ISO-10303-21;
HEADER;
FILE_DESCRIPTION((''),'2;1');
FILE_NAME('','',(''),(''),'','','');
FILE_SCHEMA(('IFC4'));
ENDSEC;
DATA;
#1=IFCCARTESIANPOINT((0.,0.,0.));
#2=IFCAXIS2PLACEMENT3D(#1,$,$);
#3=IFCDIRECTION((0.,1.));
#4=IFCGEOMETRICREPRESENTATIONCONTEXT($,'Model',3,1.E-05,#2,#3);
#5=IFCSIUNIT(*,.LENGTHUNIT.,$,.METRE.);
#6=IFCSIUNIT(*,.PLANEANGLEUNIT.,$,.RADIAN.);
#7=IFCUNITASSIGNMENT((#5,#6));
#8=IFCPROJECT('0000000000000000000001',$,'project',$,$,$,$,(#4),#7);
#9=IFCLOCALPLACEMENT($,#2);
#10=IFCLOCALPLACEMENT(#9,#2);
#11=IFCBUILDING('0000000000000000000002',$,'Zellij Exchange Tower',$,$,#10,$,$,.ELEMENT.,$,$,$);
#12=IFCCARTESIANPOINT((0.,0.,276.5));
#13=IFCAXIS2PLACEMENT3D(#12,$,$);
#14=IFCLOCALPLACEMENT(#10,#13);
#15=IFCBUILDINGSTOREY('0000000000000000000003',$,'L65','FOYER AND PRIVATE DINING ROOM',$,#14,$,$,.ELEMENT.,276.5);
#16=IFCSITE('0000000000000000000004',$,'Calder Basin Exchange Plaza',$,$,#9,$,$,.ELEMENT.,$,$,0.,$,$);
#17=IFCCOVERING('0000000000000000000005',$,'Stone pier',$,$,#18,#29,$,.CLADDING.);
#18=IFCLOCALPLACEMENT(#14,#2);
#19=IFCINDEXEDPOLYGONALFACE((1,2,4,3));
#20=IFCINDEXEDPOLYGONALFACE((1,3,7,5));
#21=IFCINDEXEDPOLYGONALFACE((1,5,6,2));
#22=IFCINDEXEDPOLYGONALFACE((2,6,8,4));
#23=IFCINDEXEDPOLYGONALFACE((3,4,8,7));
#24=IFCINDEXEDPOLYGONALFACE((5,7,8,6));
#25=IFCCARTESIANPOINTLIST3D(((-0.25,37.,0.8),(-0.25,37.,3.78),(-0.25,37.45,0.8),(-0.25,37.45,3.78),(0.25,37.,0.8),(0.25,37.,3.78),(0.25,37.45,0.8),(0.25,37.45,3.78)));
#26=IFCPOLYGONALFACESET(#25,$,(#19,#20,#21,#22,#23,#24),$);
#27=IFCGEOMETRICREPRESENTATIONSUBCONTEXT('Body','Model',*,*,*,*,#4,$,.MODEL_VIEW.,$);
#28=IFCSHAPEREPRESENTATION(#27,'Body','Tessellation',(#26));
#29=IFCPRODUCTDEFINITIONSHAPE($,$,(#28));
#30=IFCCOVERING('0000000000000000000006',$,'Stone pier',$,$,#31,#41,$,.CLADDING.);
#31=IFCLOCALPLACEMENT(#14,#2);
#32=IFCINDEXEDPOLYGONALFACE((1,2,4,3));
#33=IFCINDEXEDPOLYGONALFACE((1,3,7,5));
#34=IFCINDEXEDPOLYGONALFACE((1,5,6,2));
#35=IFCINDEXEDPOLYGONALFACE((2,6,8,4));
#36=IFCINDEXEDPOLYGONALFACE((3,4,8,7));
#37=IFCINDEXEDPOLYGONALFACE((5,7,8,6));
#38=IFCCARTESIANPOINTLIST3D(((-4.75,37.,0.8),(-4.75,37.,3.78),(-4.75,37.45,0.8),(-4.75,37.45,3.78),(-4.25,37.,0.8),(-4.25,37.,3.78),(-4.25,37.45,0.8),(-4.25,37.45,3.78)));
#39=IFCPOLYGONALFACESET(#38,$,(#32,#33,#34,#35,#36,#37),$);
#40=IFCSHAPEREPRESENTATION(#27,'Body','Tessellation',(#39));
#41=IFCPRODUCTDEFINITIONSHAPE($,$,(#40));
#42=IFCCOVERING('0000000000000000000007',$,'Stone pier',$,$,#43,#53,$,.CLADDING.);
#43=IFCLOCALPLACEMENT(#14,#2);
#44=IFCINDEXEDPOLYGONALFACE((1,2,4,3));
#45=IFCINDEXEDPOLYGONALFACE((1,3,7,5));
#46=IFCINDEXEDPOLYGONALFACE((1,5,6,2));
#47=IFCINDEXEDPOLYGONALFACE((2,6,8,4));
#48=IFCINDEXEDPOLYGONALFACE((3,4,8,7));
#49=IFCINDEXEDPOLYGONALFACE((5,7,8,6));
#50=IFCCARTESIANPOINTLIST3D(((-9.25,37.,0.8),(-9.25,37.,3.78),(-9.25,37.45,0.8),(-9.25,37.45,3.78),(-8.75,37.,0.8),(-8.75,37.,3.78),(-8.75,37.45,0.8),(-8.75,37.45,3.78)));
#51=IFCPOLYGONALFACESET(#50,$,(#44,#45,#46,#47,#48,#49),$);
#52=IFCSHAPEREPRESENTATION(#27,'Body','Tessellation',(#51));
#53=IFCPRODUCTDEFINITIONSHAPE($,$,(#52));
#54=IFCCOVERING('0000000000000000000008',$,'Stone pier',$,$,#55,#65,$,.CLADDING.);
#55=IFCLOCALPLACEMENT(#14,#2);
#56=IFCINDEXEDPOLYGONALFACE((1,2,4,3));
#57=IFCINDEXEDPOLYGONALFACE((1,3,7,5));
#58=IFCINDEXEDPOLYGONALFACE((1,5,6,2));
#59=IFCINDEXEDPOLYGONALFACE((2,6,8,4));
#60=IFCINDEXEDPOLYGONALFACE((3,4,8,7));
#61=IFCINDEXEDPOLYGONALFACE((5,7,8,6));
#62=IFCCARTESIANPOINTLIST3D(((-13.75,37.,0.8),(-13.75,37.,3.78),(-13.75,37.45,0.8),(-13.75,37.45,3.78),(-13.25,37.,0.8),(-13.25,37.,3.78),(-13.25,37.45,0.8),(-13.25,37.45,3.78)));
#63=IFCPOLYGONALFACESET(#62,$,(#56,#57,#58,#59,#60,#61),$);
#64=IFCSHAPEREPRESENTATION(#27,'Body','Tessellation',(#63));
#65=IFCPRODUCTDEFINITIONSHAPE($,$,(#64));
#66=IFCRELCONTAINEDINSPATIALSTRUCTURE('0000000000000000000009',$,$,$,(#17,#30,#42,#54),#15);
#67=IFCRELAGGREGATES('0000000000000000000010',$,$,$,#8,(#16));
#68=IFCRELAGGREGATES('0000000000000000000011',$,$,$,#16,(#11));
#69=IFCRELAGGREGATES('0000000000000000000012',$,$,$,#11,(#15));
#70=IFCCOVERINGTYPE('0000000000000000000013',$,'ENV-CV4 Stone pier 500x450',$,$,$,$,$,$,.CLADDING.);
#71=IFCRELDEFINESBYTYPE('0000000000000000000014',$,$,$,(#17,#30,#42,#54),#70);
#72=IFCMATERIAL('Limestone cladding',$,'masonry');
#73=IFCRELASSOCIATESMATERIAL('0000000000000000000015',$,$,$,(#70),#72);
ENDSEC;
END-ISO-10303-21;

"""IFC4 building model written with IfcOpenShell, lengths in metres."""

from ifc_helpers import new_model, si_unit, direction, frame, origin, place, context, subcontext, project, spatial, polyline, outline, extrude, material, type_object, element, save


model = new_model("IFC4")

# Units and contexts
model_context = context("Model", 3, precision=1e-05, world=origin(), true_north=direction((0.0, 1.0)))
body_context = subcontext(model_context, "Body", "Model", "MODEL_VIEW")
ifc_project = project(units=[si_unit("LENGTHUNIT", "METRE"), si_unit("PLANEANGLEUNIT", "RADIAN")], contexts=[model_context])

# Site, building, storey
site_placement = place(None, origin())
site = spatial("IfcSite", under=ifc_project, at=site_placement, Name="Calder Basin Exchange Plaza", CompositionType="ELEMENT", RefElevation=0.0)
building_placement = place(site_placement, origin())
building = spatial("IfcBuilding", under=site, at=building_placement, Name="Zellij Exchange Tower", CompositionType="ELEMENT")
storey_placement = place(building_placement, frame((0.0, 0.0, 276.5)))
storey = spatial("IfcBuildingStorey", under=building, at=storey_placement, Name="L65", Description="FOYER AND PRIVATE DINING ROOM", CompositionType="ELEMENT", Elevation=276.5)

# Coverings
ifc_material_1 = material(Name="Limestone cladding", Category="masonry")
covering_type = type_object("IfcCoveringType", Name="ENV-CV4 Stone pier 500x450", PredefinedType="CLADDING", material=ifc_material_1)
covering_1_placement = place(storey_placement, frame((0.0, 0.0, 0.8)))
element("IfcCovering", 1, at=covering_1_placement, inside=storey, type_object=covering_type, Name="Stone pier", PredefinedType="CLADDING", context=body_context, shape_type="SweptSolid", body=[
    extrude(outline(polyline([(0.25, 37.0), (-0.25, 37.0), (-0.25, 37.45), (0.25, 37.45), (0.25, 37.0)])), origin(), (0.0, 0.0, 1.0), 2.98),
])
covering_2_placement = place(storey_placement, frame((0.0, 0.0, 0.8)))
element("IfcCovering", 2, at=covering_2_placement, inside=storey, type_object=covering_type, Name="Stone pier", PredefinedType="CLADDING", context=body_context, shape_type="SweptSolid", body=[
    extrude(outline(polyline([(-4.25, 37.0), (-4.75, 37.0), (-4.75, 37.45), (-4.25, 37.45), (-4.25, 37.0)])), origin(), (0.0, 0.0, 1.0), 2.98),
])
covering_3_placement = place(storey_placement, frame((0.0, 0.0, 0.8)))
element("IfcCovering", 3, at=covering_3_placement, inside=storey, type_object=covering_type, Name="Stone pier", PredefinedType="CLADDING", context=body_context, shape_type="SweptSolid", body=[
    extrude(outline(polyline([(-8.75, 37.0), (-9.25, 37.0), (-9.25, 37.45), (-8.75, 37.45), (-8.75, 37.0)])), origin(), (0.0, 0.0, 1.0), 2.98),
])
covering_4_placement = place(storey_placement, frame((0.0, 0.0, 0.8)))
element("IfcCovering", 4, at=covering_4_placement, inside=storey, type_object=covering_type, Name="Stone pier", PredefinedType="CLADDING", context=body_context, shape_type="SweptSolid", body=[
    extrude(outline(polyline([(-13.25, 37.0), (-13.75, 37.0), (-13.75, 37.45), (-13.25, 37.45), (-13.25, 37.0)])), origin(), (0.0, 0.0, 1.0), 2.98),
])

save(model, "model.ifc")
